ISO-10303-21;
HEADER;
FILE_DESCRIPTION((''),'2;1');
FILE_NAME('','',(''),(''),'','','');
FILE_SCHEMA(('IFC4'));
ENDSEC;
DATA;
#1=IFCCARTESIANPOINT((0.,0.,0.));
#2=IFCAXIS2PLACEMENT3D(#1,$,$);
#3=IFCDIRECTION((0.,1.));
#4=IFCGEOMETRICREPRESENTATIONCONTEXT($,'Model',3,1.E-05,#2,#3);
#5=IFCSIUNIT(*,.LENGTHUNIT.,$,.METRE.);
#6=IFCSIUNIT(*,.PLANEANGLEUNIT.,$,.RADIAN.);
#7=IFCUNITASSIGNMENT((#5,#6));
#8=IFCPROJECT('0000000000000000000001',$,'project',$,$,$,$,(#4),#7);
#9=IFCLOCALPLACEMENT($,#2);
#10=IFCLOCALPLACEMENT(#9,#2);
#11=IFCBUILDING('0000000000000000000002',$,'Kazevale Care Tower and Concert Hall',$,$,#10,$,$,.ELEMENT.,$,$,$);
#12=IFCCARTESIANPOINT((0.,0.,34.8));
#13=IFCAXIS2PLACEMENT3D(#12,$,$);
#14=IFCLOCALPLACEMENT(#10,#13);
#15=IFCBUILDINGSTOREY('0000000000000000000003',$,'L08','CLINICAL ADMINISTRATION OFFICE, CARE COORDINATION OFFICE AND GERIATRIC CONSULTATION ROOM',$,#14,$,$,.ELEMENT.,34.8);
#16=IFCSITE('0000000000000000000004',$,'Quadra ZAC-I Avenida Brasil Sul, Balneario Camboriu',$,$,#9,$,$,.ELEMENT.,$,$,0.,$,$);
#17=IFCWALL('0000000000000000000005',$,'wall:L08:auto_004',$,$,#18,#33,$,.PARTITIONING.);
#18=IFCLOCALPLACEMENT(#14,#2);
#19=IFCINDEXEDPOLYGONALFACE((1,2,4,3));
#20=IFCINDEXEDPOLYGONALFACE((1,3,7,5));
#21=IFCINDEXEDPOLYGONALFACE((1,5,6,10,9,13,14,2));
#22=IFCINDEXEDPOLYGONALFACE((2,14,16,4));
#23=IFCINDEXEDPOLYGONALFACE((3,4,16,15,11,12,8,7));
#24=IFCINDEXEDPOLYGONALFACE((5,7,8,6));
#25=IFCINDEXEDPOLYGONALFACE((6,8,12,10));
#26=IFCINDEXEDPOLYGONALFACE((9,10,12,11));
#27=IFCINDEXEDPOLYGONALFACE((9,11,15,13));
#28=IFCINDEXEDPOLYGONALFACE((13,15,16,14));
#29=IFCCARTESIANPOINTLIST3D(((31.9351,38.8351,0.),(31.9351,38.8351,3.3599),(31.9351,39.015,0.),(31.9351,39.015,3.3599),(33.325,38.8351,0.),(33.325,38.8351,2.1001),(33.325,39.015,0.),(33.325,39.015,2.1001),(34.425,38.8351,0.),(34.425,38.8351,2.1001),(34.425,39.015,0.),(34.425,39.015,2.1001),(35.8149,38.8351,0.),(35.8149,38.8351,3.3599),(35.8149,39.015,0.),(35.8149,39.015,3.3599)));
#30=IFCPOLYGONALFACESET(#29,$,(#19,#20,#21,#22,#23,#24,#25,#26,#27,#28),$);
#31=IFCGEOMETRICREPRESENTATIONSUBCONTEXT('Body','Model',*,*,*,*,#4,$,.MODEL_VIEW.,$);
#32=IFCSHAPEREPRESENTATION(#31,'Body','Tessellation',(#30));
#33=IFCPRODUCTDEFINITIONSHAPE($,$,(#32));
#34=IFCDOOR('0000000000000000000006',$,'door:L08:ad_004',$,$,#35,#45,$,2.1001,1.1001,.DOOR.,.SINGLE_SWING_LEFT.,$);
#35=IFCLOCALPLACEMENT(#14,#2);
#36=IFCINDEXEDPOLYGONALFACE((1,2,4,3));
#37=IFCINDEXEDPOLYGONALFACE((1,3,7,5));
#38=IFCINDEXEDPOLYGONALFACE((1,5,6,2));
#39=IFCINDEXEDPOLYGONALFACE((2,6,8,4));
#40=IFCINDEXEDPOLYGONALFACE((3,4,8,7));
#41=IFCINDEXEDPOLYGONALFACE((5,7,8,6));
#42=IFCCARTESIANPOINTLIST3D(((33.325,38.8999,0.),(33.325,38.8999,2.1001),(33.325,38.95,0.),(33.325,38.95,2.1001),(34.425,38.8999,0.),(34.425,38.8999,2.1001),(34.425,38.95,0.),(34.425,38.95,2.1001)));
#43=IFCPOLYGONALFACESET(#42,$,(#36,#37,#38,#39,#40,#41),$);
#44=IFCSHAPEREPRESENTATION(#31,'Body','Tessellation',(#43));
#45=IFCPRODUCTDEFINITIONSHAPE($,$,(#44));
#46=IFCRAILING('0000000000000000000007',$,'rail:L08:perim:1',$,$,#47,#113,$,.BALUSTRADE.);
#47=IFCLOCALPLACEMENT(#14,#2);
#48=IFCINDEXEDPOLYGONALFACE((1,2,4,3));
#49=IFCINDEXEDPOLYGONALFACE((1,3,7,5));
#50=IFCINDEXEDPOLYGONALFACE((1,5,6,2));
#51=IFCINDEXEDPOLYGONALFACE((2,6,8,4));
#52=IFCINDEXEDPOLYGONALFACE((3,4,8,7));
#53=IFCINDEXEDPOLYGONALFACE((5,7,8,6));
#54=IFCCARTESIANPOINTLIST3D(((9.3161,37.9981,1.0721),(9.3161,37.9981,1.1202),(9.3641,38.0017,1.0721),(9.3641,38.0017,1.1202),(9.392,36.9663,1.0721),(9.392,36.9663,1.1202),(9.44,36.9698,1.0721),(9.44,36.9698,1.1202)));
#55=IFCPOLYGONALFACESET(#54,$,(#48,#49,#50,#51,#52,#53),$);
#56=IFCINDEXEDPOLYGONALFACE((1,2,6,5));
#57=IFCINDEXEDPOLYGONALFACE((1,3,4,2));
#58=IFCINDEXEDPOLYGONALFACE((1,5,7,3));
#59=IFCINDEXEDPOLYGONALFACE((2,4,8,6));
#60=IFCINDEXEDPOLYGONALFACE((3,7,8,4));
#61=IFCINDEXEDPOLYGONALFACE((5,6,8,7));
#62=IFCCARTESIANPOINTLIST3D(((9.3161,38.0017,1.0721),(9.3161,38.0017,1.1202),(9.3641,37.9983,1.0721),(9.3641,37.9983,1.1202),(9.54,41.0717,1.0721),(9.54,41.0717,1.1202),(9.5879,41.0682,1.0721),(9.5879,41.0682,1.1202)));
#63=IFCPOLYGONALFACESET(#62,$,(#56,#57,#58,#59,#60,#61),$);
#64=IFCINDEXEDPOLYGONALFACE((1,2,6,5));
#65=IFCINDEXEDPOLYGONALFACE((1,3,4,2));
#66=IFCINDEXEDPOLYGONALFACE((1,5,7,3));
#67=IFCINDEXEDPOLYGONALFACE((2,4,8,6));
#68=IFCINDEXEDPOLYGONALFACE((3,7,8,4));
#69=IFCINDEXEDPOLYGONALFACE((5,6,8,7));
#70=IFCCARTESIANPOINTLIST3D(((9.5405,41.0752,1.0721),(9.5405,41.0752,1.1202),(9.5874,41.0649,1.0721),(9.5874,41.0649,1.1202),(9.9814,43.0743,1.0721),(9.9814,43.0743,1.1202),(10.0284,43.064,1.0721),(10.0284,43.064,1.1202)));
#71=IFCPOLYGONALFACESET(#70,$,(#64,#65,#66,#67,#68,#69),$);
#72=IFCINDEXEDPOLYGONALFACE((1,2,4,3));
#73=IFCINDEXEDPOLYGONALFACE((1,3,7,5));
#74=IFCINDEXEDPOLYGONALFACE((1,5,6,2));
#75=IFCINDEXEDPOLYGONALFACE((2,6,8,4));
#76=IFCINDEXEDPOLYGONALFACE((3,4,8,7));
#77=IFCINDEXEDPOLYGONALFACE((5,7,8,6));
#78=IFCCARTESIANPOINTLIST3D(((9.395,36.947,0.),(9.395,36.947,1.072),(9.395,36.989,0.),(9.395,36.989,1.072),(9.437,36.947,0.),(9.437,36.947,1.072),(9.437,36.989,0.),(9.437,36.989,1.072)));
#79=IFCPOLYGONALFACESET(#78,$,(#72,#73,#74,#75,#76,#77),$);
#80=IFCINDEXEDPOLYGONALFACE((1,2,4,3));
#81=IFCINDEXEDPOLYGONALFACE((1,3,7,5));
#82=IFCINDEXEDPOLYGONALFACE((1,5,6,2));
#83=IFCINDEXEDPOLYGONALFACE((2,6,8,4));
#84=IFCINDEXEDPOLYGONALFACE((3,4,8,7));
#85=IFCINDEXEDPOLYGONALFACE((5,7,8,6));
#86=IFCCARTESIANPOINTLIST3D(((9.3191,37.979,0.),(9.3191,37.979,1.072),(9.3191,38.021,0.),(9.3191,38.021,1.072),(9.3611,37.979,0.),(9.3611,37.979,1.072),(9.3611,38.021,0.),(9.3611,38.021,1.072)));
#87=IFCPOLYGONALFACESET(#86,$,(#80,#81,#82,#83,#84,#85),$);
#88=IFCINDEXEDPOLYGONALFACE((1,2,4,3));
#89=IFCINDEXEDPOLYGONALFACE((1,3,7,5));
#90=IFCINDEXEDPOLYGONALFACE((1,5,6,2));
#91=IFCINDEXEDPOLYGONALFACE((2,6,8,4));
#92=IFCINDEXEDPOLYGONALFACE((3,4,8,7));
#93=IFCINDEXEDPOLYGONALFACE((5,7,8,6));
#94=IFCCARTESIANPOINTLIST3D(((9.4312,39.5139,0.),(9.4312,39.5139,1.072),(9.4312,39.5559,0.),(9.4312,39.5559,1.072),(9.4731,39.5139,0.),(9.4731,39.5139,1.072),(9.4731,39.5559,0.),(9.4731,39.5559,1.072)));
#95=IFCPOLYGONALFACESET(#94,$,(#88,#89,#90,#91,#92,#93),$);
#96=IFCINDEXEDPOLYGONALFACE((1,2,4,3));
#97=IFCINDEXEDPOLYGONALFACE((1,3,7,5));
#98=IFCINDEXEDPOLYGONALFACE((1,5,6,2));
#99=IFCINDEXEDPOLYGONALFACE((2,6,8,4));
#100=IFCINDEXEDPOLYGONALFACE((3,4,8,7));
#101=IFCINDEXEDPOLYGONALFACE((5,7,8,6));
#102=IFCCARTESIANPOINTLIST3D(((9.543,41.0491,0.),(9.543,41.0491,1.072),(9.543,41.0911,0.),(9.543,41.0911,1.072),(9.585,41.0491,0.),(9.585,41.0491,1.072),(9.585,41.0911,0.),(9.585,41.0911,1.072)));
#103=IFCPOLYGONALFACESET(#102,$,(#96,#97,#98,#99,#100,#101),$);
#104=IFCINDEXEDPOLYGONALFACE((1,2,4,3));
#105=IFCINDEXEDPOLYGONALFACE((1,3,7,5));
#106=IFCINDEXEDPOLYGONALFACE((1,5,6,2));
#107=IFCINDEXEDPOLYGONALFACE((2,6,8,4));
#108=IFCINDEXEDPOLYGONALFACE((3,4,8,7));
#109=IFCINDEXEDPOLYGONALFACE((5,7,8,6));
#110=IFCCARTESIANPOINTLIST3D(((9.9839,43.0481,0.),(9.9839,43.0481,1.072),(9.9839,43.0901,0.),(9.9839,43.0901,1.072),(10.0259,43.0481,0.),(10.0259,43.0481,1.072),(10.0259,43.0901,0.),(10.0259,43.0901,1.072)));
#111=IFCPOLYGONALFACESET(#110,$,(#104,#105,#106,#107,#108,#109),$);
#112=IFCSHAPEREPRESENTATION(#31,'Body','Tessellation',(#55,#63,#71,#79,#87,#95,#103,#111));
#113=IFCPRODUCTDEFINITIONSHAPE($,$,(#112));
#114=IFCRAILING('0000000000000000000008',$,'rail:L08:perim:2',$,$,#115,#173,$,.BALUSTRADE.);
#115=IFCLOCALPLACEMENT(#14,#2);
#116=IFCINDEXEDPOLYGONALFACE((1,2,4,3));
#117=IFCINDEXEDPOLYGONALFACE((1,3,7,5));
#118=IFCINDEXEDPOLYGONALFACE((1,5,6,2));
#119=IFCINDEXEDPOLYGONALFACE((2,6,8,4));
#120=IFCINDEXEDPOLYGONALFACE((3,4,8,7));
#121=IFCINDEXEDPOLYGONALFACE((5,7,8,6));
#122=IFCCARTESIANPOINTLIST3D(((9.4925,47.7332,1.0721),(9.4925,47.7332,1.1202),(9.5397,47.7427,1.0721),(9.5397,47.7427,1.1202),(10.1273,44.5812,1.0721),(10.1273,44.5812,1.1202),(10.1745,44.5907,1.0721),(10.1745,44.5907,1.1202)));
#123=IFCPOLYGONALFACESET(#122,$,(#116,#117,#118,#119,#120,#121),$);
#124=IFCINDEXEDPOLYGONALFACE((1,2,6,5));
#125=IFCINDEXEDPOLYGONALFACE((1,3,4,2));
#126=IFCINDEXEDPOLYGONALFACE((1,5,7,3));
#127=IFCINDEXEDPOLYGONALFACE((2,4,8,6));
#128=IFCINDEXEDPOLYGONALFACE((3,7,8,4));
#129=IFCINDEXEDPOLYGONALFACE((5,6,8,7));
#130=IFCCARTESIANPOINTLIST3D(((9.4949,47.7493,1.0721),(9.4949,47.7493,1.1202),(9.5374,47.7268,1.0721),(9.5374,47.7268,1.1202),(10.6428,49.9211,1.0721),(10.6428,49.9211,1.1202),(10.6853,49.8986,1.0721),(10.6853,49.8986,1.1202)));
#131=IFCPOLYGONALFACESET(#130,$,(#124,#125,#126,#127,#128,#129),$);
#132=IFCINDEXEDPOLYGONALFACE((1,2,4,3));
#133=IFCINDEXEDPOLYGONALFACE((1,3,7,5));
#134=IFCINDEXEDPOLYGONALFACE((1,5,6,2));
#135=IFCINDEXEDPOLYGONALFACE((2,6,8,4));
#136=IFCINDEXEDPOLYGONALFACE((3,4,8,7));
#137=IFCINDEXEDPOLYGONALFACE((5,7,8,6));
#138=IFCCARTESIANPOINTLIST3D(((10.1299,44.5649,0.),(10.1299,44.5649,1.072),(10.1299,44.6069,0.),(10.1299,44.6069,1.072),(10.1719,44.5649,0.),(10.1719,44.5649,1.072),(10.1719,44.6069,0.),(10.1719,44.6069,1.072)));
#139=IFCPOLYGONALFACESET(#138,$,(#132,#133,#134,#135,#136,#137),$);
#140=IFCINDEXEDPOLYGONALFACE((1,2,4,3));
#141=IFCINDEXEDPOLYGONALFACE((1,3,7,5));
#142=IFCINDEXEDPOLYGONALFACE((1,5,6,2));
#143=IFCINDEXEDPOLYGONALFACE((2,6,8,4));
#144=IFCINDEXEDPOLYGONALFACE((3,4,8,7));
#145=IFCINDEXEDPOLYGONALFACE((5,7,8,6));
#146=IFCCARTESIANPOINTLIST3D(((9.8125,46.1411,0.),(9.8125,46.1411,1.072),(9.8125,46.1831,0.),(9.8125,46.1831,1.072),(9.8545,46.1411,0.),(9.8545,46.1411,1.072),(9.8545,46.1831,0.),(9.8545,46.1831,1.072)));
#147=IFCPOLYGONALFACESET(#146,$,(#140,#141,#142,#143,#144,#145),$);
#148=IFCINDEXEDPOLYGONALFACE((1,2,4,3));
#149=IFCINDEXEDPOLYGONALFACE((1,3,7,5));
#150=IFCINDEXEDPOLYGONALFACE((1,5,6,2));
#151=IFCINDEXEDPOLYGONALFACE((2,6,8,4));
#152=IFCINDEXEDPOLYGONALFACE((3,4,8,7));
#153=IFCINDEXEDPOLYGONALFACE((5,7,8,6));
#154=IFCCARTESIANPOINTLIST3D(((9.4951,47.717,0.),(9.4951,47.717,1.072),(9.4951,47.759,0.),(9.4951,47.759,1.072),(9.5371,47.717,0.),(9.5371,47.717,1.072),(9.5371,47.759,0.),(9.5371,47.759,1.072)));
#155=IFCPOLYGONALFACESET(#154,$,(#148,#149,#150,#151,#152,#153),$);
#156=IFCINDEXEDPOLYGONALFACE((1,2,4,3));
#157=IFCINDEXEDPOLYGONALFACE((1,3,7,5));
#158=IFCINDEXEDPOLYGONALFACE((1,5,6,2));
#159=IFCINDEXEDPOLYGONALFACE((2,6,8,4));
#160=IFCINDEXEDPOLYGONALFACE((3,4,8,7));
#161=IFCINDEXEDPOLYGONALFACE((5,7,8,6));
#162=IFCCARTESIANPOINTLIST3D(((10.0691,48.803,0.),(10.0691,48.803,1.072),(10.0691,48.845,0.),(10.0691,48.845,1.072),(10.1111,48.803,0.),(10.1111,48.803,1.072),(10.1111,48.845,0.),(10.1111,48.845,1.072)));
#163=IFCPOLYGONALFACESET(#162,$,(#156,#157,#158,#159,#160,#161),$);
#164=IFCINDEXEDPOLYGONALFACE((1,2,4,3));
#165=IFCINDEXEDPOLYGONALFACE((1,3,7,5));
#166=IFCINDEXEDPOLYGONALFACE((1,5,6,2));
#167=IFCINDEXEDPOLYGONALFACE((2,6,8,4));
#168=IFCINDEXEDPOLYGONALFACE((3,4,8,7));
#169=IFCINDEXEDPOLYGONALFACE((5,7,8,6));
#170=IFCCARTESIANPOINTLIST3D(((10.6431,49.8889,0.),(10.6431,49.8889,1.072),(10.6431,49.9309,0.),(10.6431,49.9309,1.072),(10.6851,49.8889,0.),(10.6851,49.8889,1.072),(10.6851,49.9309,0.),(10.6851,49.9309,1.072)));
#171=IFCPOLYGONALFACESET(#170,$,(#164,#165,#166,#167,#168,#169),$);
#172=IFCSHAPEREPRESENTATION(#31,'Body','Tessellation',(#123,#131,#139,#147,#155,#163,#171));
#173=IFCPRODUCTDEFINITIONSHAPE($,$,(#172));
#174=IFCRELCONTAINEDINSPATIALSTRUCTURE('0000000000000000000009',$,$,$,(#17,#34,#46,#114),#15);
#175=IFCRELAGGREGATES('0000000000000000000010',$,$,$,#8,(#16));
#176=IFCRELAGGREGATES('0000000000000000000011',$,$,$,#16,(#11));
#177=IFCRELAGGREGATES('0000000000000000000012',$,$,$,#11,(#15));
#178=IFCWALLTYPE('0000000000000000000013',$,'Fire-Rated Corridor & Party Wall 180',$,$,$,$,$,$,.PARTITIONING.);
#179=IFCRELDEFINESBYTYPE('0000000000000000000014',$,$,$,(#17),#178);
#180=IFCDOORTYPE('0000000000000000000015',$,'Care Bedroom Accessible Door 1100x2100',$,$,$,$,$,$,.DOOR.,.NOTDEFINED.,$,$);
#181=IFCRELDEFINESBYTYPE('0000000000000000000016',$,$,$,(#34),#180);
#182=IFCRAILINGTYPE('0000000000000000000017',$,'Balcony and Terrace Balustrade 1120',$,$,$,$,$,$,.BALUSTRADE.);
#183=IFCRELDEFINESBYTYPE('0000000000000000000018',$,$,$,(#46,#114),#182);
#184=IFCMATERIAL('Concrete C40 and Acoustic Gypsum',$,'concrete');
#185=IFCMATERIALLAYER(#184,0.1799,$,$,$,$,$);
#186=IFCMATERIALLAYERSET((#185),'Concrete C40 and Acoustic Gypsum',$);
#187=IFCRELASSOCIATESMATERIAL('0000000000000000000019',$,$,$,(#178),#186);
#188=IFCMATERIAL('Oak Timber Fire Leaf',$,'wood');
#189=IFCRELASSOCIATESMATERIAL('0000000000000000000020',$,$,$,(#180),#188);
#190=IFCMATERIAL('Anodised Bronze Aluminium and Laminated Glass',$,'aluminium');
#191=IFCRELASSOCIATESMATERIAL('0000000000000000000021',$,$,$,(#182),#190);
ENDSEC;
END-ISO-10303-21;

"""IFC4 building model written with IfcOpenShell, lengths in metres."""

from ifc_helpers import new_model, si_unit, direction, frame, frame_2d, origin, origin_2d, place, context, subcontext, project, spatial, rectangle, extrude, material, layer, layer_set, type_object, element, fill, save


model = new_model("IFC4")

# Units and contexts
model_context = context("Model", 3, precision=1e-05, world=origin(), true_north=direction((0.0, 1.0)))
body_context = subcontext(model_context, "Body", "Model", "MODEL_VIEW")
ifc_project = project(units=[si_unit("LENGTHUNIT", "METRE"), si_unit("PLANEANGLEUNIT", "RADIAN")], contexts=[model_context])

# Site, building, storey
site_placement = place(None, origin())
site = spatial("IfcSite", under=ifc_project, at=site_placement, Name="Quadra ZAC-I Avenida Brasil Sul, Balneario Camboriu", CompositionType="ELEMENT", RefElevation=0.0)
building_placement = place(site_placement, origin())
building = spatial("IfcBuilding", under=site, at=building_placement, Name="Kazevale Care Tower and Concert Hall", CompositionType="ELEMENT")
storey_placement = place(building_placement, frame((0.0, 0.0, 34.8)))
storey = spatial("IfcBuildingStorey", under=building, at=storey_placement, Name="L08", Description="CLINICAL ADMINISTRATION OFFICE, CARE COORDINATION OFFICE AND GERIATRIC CONSULTATION ROOM", CompositionType="ELEMENT", Elevation=34.8)

# Wall, opening, door
ifc_material_1 = material(Name="Concrete C40 and Acoustic Gypsum", Category="concrete")
ifc_layer_1 = layer(ifc_material_1, 0.1799)
ifc_layer_set_1 = layer_set([ifc_layer_1], Name="Concrete C40 and Acoustic Gypsum")
wall_type = type_object("IfcWallType", Name="Fire-Rated Corridor & Party Wall 180", PredefinedType="PARTITIONING", material=ifc_layer_set_1)
ifc_material_2 = material(Name="Oak Timber Fire Leaf", Category="wood")
door_type = type_object("IfcDoorType", Name="Care Bedroom Accessible Door 1100x2100", OperationType="NOTDEFINED", PredefinedType="DOOR", material=ifc_material_2)
wall_1_placement = place(storey_placement, frame((31.9351, 38.925, 0.0), z_axis=(0.0, 0.0, 1.0), x_axis=(1.0, 0.0, 0.0)))
wall_1 = element("IfcWall", 1, at=wall_1_placement, inside=storey, type_object=wall_type, Name="wall:L08:auto_004", PredefinedType="PARTITIONING", context=body_context, shape_type="SweptSolid", body=[
    extrude(rectangle(XDim=3.8799, YDim=0.1799, at=frame_2d((1.9399, 0.0))), origin(), (0.0, 0.0, 1.0), 3.3599),
])
opening_1_placement = place(wall_1_placement, frame((1.3899, 0.0, 0.0)))
opening_1 = element("IfcOpeningElement", 2, at=opening_1_placement, cuts=wall_1, PredefinedType="OPENING", context=body_context, shape_type="SweptSolid", body=[
    extrude(rectangle(XDim=1.1001, YDim=2.1001, at=frame_2d((0.55, 1.05))), frame((0.0, 0.0999, 0.0), z_axis=(0.0, -1.0, 0.0), x_axis=(1.0, 0.0, 0.0)), (0.0, 0.0, 1.0), 0.2),
])
door_1_placement = place(opening_1_placement, origin())
door_1 = element("IfcDoor", 3, at=door_1_placement, inside=storey, type_object=door_type, Name="door:L08:ad_004", OperationType="SINGLE_SWING_LEFT", OverallHeight=2.1001, OverallWidth=1.1001, PredefinedType="DOOR", context=body_context, shape_type="SweptSolid", body=[
    extrude(rectangle(XDim=1.1001, YDim=2.1001, at=frame_2d((0.55, 1.05))), frame((0.0, 0.0249, 0.0), z_axis=(0.0, -1.0, 0.0), x_axis=(1.0, 0.0, 0.0)), (0.0, 0.0, 1.0), 0.05),
])
fill(opening_1, door_1)

# Railings
ifc_material_3 = material(Name="Anodised Bronze Aluminium and Laminated Glass", Category="aluminium")
railing_type = type_object("IfcRailingType", Name="Balcony and Terrace Balustrade 1120", PredefinedType="BALUSTRADE", material=ifc_material_3)
railing_1_placement = place(storey_placement, frame((9.416, 36.968, 0.0)))
element("IfcRailing", 4, at=railing_1_placement, inside=storey, type_object=railing_type, Name="rail:L08:perim:1", PredefinedType="BALUSTRADE", context=body_context, shape_type="SweptSolid", body=[
    extrude(rectangle(XDim=0.0481, YDim=0.0481, at=origin_2d()), frame((0.0, 0.0, 1.0962), z_axis=(-0.073376, 0.997304, 0.0), x_axis=(-0.997304, -0.073376, 0.0)), (0.0, 0.0, 1.0), 1.0347),
    extrude(rectangle(XDim=0.0481, YDim=0.0481, at=origin_2d()), frame((-0.0759, 1.032, 1.0962), z_axis=(0.072729, 0.997352, 0.0), x_axis=(-0.997352, 0.072729, 0.0)), (0.0, 0.0, 1.0), 3.0781),
    extrude(rectangle(XDim=0.0481, YDim=0.0481, at=origin_2d()), frame((0.1479, 4.1021, 1.0962), z_axis=(0.21539, 0.976528, 0.0), x_axis=(-0.976528, 0.21539, 0.0)), (0.0, 0.0, 1.0), 2.0471),
    extrude(rectangle(XDim=0.042, YDim=0.042, at=origin_2d()), origin(), (0.0, 0.0, 1.0), 1.072),
    extrude(rectangle(XDim=0.042, YDim=0.042, at=origin_2d()), frame((-0.0759, 1.032, 0.0)), (0.0, 0.0, 1.0), 1.072),
    extrude(rectangle(XDim=0.042, YDim=0.042, at=origin_2d()), frame((0.0361, 2.5669, 0.0)), (0.0, 0.0, 1.0), 1.072),
    extrude(rectangle(XDim=0.042, YDim=0.042, at=origin_2d()), frame((0.1479, 4.1021, 0.0)), (0.0, 0.0, 1.0), 1.072),
    extrude(rectangle(XDim=0.042, YDim=0.042, at=origin_2d()), frame((0.5889, 6.1011, 0.0)), (0.0, 0.0, 1.0), 1.072),
])
railing_2_placement = place(storey_placement, frame((10.1509, 44.5859, 0.0)))
element("IfcRailing", 5, at=railing_2_placement, inside=storey, type_object=railing_type, Name="rail:L08:perim:2", PredefinedType="BALUSTRADE", context=body_context, shape_type="SweptSolid", body=[
    extrude(rectangle(XDim=0.0481, YDim=0.0481, at=origin_2d()), frame((0.0, 0.0, 1.0962), z_axis=(-0.197416, 0.98032, 0.0), x_axis=(-0.98032, -0.197416, 0.0)), (0.0, 0.0, 1.0), 3.2153),
    extrude(rectangle(XDim=0.0481, YDim=0.0481, at=origin_2d()), frame((-0.6348, 3.1521, 1.0962), z_axis=(0.467294, 0.884102, 0.0), x_axis=(-0.884102, 0.467294, 0.0)), (0.0, 0.0, 1.0), 2.4565),
    extrude(rectangle(XDim=0.042, YDim=0.042, at=origin_2d()), origin(), (0.0, 0.0, 1.0), 1.072),
    extrude(rectangle(XDim=0.042, YDim=0.042, at=origin_2d()), frame((-0.3174, 1.5762, 0.0)), (0.0, 0.0, 1.0), 1.072),
    extrude(rectangle(XDim=0.042, YDim=0.042, at=origin_2d()), frame((-0.6348, 3.1521, 0.0)), (0.0, 0.0, 1.0), 1.072),
    extrude(rectangle(XDim=0.042, YDim=0.042, at=origin_2d()), frame((-0.0608, 4.238, 0.0)), (0.0, 0.0, 1.0), 1.072),
    extrude(rectangle(XDim=0.042, YDim=0.042, at=origin_2d()), frame((0.5132, 5.324, 0.0)), (0.0, 0.0, 1.0), 1.072),
])

save(model, "model.ifc")
